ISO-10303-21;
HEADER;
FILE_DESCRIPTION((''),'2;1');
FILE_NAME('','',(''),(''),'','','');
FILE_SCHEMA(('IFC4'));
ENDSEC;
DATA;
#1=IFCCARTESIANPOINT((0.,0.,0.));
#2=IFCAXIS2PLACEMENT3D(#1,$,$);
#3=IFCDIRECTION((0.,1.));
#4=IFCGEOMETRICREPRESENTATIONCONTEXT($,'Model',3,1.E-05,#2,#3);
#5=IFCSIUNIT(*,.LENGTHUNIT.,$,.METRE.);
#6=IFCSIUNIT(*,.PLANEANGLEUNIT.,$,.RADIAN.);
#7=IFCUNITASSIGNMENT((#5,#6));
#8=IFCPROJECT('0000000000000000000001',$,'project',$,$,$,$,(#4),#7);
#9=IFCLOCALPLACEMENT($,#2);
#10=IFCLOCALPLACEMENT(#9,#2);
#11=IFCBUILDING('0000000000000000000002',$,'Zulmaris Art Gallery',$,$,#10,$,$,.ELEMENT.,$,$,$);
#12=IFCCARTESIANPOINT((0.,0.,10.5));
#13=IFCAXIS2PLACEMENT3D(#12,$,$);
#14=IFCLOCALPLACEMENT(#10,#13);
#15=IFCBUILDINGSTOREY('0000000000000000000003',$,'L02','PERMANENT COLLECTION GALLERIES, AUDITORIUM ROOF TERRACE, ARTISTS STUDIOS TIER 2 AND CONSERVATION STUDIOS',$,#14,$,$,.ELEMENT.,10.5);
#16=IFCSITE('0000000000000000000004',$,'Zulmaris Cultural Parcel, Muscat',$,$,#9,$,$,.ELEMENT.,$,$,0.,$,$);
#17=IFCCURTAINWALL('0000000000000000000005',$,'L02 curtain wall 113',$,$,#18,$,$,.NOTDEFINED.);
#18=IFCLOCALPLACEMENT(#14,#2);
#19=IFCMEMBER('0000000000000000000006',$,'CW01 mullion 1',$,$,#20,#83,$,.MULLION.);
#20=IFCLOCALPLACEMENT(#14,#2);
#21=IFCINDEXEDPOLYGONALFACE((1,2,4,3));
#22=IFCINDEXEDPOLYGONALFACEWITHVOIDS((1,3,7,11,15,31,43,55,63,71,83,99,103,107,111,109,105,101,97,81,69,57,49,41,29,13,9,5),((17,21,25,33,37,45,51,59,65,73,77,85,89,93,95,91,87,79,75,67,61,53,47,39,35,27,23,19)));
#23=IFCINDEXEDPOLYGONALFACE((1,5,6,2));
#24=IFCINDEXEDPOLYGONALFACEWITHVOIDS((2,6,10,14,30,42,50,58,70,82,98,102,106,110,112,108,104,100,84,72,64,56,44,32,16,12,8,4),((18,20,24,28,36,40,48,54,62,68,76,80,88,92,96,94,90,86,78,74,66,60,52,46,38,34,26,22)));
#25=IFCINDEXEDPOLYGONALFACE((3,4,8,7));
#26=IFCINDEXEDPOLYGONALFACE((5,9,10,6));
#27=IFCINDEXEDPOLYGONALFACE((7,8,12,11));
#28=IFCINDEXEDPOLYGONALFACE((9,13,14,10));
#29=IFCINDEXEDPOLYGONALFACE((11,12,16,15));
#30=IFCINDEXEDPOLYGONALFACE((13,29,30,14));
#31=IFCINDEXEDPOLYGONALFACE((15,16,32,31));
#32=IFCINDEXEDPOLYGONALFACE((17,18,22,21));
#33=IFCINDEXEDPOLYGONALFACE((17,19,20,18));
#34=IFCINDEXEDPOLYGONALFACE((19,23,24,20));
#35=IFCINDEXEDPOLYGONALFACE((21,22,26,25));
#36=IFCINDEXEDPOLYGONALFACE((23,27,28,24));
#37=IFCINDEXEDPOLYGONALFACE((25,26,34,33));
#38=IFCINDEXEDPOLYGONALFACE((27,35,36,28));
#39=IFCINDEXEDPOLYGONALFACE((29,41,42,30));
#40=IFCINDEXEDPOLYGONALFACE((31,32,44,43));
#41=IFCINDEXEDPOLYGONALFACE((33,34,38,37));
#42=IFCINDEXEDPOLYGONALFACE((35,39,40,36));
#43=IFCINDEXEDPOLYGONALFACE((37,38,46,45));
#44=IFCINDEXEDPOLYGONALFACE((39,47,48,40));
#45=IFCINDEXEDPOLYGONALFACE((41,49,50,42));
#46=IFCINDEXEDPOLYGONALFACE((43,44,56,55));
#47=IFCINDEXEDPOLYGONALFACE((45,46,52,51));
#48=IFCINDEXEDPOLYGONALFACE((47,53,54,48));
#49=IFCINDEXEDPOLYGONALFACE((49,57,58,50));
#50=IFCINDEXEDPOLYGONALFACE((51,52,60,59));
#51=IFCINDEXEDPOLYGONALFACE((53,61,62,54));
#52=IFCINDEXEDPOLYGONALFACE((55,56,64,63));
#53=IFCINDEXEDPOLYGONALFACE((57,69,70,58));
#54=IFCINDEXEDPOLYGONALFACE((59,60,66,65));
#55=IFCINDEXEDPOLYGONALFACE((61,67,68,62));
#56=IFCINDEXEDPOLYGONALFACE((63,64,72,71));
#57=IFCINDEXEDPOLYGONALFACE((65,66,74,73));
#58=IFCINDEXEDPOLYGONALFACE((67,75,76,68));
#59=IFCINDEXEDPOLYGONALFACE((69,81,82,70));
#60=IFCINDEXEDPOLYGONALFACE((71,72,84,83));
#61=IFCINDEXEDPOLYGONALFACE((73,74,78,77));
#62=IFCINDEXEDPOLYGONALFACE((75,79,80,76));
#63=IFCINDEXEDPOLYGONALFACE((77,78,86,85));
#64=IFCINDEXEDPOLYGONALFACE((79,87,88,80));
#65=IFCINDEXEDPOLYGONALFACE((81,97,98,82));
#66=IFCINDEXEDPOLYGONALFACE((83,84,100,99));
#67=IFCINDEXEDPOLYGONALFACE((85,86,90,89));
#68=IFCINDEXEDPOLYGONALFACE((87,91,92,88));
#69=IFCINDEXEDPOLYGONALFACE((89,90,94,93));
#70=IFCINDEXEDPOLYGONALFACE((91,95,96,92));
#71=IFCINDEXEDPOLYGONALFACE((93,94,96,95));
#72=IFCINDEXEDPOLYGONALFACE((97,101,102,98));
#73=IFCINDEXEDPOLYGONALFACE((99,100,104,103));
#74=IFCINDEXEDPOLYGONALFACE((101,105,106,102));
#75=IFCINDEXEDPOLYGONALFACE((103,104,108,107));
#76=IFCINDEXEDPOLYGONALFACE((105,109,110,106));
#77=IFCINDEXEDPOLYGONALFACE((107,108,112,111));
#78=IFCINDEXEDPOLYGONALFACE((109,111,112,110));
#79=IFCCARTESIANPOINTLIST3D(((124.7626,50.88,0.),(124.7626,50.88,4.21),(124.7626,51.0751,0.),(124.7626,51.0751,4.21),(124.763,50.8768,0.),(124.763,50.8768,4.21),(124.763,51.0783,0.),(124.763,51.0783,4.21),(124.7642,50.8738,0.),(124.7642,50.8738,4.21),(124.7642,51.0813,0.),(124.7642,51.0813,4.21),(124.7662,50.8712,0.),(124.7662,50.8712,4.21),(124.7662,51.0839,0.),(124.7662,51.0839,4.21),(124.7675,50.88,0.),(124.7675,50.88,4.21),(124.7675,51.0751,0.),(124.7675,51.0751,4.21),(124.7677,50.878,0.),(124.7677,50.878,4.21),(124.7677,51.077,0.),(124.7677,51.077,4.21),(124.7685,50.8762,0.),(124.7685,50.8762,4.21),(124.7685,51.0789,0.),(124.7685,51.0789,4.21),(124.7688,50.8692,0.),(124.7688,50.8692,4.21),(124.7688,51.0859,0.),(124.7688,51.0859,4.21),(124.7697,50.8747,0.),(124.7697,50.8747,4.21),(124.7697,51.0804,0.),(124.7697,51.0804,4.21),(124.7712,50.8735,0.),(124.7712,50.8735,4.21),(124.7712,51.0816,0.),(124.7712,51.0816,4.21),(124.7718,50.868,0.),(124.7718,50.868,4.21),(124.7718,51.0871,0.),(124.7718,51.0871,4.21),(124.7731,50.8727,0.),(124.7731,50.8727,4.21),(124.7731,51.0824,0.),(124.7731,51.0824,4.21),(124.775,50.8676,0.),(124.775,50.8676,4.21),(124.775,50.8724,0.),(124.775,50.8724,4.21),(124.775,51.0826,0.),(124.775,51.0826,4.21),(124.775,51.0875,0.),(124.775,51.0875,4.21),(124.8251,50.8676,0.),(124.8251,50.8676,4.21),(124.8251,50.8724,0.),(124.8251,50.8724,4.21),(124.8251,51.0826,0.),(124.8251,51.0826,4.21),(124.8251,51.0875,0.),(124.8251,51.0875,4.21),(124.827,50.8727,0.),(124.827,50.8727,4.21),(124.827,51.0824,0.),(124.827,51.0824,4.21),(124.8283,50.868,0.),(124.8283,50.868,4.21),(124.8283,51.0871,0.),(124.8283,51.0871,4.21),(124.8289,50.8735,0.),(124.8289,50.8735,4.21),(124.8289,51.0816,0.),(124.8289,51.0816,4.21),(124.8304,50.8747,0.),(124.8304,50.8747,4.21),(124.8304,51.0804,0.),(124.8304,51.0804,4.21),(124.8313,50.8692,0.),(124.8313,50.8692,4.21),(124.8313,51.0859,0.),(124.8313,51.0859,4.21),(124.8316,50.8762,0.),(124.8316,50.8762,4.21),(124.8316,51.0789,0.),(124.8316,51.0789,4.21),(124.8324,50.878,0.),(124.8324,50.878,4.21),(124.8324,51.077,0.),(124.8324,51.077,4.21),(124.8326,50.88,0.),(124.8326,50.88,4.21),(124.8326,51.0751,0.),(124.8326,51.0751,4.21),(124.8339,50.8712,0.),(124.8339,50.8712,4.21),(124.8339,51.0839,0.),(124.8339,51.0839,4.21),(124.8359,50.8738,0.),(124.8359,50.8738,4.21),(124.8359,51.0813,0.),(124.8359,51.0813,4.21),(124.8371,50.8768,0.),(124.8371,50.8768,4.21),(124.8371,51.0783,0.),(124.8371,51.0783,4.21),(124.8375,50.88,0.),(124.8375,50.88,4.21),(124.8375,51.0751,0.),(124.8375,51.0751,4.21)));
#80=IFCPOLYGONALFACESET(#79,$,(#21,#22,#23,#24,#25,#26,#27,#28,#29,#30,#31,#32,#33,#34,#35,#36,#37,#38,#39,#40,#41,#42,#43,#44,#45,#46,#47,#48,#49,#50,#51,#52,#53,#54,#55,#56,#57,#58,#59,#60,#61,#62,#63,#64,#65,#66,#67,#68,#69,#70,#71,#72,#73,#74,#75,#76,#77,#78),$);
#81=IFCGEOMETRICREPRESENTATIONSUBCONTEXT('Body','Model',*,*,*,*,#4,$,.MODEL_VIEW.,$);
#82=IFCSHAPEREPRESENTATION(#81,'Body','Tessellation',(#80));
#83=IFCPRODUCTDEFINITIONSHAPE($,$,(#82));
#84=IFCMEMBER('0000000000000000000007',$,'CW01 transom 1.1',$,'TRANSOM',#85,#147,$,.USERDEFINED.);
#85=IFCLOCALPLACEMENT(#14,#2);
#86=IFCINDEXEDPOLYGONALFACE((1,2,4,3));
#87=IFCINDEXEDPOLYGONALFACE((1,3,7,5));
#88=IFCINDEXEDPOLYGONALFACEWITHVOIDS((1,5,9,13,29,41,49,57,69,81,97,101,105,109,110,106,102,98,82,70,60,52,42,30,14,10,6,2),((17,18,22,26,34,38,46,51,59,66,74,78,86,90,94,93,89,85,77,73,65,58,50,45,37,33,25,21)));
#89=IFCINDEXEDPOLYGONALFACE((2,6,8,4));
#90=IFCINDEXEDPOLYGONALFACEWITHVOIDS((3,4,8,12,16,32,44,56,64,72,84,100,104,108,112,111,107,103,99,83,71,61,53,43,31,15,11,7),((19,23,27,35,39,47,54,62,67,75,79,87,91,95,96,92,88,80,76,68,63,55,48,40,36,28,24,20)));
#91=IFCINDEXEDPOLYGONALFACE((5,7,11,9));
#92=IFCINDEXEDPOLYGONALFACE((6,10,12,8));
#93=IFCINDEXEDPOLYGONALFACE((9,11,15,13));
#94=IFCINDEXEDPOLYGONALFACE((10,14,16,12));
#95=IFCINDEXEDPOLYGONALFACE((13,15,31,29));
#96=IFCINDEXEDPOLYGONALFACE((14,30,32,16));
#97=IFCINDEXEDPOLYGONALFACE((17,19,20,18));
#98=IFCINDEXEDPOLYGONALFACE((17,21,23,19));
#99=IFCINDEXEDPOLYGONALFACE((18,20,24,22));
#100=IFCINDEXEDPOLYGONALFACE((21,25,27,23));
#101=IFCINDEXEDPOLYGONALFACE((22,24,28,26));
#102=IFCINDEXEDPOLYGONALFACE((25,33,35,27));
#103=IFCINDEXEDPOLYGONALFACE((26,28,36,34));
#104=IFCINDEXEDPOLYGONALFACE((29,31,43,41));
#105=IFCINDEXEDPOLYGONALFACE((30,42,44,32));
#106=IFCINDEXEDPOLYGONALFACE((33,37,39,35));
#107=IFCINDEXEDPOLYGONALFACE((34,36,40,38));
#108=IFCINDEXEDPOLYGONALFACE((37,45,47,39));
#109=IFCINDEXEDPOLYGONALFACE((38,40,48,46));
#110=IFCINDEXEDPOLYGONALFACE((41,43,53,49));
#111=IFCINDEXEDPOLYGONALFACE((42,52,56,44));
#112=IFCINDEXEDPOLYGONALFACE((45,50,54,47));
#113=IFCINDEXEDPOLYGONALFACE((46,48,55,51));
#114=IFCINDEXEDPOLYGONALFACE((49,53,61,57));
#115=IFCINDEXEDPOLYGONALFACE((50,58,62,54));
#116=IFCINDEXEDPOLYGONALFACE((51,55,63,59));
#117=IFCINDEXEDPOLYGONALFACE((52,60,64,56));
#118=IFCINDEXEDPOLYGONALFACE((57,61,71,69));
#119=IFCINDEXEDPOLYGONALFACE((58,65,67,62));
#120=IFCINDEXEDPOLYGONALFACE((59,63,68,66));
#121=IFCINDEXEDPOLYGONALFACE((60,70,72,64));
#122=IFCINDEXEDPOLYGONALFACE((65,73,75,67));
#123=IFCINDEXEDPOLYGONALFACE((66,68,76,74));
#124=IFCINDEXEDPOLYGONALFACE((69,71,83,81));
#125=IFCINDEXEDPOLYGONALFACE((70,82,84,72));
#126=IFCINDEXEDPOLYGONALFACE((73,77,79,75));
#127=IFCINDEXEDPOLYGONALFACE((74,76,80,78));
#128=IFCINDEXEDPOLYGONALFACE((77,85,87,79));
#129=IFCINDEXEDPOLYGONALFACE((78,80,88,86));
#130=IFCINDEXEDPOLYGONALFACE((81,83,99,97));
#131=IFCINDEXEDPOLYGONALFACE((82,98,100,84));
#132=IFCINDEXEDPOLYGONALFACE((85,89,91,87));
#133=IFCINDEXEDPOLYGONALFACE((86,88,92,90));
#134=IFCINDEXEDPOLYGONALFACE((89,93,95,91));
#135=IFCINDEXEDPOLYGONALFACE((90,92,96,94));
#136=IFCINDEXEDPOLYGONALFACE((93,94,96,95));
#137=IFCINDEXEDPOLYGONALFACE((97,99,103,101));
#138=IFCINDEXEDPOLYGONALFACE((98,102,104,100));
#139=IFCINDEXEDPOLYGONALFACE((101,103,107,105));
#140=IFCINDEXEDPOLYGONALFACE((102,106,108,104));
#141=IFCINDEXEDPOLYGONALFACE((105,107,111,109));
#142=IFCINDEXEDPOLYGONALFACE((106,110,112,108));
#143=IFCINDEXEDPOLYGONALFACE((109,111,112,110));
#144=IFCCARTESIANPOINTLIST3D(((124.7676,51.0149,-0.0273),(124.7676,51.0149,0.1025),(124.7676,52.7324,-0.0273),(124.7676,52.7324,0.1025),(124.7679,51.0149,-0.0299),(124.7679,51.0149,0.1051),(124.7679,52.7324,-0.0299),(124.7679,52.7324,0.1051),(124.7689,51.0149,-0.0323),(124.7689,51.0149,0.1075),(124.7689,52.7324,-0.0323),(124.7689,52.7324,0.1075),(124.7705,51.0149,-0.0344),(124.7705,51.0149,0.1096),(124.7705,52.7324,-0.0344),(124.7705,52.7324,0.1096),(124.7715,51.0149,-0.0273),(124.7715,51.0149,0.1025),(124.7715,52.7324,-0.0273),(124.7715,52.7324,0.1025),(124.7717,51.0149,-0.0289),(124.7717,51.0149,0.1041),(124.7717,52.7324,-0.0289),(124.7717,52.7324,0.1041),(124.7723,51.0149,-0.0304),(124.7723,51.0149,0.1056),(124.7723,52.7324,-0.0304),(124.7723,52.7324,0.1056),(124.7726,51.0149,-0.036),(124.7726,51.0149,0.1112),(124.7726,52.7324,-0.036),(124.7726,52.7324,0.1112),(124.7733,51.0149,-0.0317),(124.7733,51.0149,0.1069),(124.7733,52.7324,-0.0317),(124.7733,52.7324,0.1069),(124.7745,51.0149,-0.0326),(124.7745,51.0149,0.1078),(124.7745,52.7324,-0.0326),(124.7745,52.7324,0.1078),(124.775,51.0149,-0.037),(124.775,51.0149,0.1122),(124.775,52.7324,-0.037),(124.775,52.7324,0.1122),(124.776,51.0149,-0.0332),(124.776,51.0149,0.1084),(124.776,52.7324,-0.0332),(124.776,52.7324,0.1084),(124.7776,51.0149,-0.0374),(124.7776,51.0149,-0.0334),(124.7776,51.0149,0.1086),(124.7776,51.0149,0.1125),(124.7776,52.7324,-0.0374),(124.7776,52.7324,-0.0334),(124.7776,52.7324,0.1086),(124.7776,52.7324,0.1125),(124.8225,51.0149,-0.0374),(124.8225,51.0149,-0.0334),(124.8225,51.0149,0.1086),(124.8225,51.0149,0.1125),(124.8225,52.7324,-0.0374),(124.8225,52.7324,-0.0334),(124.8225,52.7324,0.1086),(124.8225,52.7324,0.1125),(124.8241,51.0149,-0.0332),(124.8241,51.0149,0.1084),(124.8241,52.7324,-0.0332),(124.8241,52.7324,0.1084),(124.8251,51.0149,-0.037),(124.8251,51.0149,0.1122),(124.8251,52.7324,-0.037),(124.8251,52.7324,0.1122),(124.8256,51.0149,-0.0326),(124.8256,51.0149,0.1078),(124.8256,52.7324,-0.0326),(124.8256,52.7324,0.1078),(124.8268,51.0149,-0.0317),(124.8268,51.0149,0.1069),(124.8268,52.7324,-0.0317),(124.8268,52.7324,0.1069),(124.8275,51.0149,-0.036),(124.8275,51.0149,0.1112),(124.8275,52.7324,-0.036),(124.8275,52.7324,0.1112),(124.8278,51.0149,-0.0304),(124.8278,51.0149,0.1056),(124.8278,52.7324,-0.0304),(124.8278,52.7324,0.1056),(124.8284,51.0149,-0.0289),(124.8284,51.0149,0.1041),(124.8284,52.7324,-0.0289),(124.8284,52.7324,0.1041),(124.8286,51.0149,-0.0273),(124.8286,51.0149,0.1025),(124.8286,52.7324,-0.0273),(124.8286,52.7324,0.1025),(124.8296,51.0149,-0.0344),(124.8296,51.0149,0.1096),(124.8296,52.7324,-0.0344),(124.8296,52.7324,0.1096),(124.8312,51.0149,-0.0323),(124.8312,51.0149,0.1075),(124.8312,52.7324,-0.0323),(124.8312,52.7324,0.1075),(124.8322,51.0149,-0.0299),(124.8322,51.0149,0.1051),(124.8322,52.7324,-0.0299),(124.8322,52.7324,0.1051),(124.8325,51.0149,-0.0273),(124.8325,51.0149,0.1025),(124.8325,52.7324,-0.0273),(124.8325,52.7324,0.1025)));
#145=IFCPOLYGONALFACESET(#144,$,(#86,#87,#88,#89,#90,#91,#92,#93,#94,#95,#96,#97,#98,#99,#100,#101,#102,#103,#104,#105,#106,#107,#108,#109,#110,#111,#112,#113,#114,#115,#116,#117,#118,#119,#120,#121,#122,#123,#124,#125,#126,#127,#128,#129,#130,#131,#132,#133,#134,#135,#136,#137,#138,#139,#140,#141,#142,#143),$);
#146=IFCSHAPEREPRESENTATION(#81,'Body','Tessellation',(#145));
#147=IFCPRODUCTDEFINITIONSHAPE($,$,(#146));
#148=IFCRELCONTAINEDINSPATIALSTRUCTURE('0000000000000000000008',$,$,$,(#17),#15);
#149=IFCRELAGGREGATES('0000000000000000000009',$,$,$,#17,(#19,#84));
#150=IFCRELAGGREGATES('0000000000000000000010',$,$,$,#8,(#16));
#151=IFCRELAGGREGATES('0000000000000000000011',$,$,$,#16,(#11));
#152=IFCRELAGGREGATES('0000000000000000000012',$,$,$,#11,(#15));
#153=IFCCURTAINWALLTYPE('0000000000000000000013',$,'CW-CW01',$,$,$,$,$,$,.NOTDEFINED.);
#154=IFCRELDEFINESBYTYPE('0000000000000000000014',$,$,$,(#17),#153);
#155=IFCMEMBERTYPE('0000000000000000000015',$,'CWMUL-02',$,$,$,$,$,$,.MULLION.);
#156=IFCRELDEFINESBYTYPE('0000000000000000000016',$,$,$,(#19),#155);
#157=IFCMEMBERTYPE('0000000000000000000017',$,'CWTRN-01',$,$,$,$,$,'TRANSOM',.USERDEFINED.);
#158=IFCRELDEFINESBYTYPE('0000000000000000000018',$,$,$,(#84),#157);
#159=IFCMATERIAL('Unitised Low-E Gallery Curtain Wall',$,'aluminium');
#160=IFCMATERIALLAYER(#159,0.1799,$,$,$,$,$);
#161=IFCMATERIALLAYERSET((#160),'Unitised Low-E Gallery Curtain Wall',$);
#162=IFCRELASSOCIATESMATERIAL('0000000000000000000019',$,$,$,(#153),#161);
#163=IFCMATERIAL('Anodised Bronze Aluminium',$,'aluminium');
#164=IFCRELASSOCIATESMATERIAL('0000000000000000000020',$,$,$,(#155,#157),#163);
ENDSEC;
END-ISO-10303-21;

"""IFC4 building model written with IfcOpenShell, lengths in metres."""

from ifc_helpers import new_model, si_unit, direction, frame, origin, origin_2d, place, context, subcontext, project, spatial, hollow_rectangle, extrude, material, layer, layer_set, material_profile, profile_set, type_object, element, aggregate, save


model = new_model("IFC4")

# Units and contexts
model_context = context("Model", 3, precision=1e-05, world=origin(), true_north=direction((0.0, 1.0)))
body_context = subcontext(model_context, "Body", "Model", "MODEL_VIEW")
ifc_project = project(units=[si_unit("LENGTHUNIT", "METRE"), si_unit("PLANEANGLEUNIT", "RADIAN")], contexts=[model_context])

# Site, building, storey
site_placement = place(None, origin())
site = spatial("IfcSite", under=ifc_project, at=site_placement, Name="Zulmaris Cultural Parcel, Muscat", CompositionType="ELEMENT", RefElevation=0.0)
building_placement = place(site_placement, origin())
building = spatial("IfcBuilding", under=site, at=building_placement, Name="Zulmaris Art Gallery", CompositionType="ELEMENT")
storey_placement = place(building_placement, frame((0.0, 0.0, 10.5)))
storey = spatial("IfcBuildingStorey", under=building, at=storey_placement, Name="L02", Description="PERMANENT COLLECTION GALLERIES, AUDITORIUM ROOF TERRACE, ARTISTS STUDIOS TIER 2 AND CONSERVATION STUDIOS", CompositionType="ELEMENT", Elevation=10.5)

# Curtain wall, members
ifc_material_1 = material(Name="Unitised Low-E Gallery Curtain Wall", Category="aluminium")
ifc_layer_1 = layer(ifc_material_1, 0.1799)
ifc_layer_set_1 = layer_set([ifc_layer_1], Name="Unitised Low-E Gallery Curtain Wall")
curtain_wall_type = type_object("IfcCurtainWallType", Name="CW-CW01", PredefinedType="NOTDEFINED", material=ifc_layer_set_1)
ifc_material_2 = material(Name="Anodised Bronze Aluminium", Category="aluminium")
ifc_material_profile_1 = material_profile(ifc_material_2, hollow_rectangle(XDim=0.075, YDim=0.22, WallThickness=0.0049, InnerFilletRadius=0.0076, OuterFilletRadius=0.0125, at=origin_2d()), Name="ALU 75x220x5")
ifc_profile_set_1 = profile_set([ifc_material_profile_1], Name="Anodised Bronze Aluminium")
member_type_1 = type_object("IfcMemberType", Name="CWMUL-02", PredefinedType="MULLION", material=ifc_profile_set_1)
curtain_wall_1_placement = place(storey_placement, origin())
curtain_wall_1 = element("IfcCurtainWall", 1, at=curtain_wall_1_placement, inside=storey, type_object=curtain_wall_type, Name="L02 curtain wall 113", PredefinedType="NOTDEFINED")
member_1_placement = place(storey_placement, frame((124.8, 50.9775, 0.0), z_axis=(0.0, 0.0, 1.0), x_axis=(-1.0, 0.0, 0.0)))
member_1 = element("IfcMember", 2, at=member_1_placement, type_object=member_type_1, Name="CW01 mullion 1", PredefinedType="MULLION", context=body_context, shape_type="SweptSolid", body=[
    extrude(hollow_rectangle(XDim=0.075, YDim=0.22, WallThickness=0.0049, InnerFilletRadius=0.0076, OuterFilletRadius=0.0125, at=origin_2d()), origin(), (0.0, 0.0, 1.0), 4.21),
])
ifc_material_profile_2 = material_profile(ifc_material_2, hollow_rectangle(XDim=0.0649, YDim=0.1499, WallThickness=0.0039, InnerFilletRadius=0.0061, OuterFilletRadius=0.01, at=origin_2d()), Name="ALU 65x150x4")
ifc_profile_set_2 = profile_set([ifc_material_profile_2], Name="Anodised Bronze Aluminium")
member_type_2 = type_object("IfcMemberType", Name="CWTRN-01", ElementType="TRANSOM", PredefinedType="USERDEFINED", material=ifc_profile_set_2)
member_2_placement = place(storey_placement, frame((124.8, 51.0149, 0.0376), z_axis=(0.0, 1.0, 0.0), x_axis=(-1.0, 0.0, 0.0)))
member_2 = element("IfcMember", 3, at=member_2_placement, type_object=member_type_2, Name="CW01 transom 1.1", ObjectType="TRANSOM", PredefinedType="USERDEFINED", context=body_context, shape_type="SweptSolid", body=[
    extrude(hollow_rectangle(XDim=0.0649, YDim=0.1499, WallThickness=0.0039, InnerFilletRadius=0.0061, OuterFilletRadius=0.01, at=origin_2d()), origin(), (0.0, 0.0, 1.0), 1.7175),
])

aggregate(curtain_wall_1, [member_1, member_2])

save(model, "model.ifc")
